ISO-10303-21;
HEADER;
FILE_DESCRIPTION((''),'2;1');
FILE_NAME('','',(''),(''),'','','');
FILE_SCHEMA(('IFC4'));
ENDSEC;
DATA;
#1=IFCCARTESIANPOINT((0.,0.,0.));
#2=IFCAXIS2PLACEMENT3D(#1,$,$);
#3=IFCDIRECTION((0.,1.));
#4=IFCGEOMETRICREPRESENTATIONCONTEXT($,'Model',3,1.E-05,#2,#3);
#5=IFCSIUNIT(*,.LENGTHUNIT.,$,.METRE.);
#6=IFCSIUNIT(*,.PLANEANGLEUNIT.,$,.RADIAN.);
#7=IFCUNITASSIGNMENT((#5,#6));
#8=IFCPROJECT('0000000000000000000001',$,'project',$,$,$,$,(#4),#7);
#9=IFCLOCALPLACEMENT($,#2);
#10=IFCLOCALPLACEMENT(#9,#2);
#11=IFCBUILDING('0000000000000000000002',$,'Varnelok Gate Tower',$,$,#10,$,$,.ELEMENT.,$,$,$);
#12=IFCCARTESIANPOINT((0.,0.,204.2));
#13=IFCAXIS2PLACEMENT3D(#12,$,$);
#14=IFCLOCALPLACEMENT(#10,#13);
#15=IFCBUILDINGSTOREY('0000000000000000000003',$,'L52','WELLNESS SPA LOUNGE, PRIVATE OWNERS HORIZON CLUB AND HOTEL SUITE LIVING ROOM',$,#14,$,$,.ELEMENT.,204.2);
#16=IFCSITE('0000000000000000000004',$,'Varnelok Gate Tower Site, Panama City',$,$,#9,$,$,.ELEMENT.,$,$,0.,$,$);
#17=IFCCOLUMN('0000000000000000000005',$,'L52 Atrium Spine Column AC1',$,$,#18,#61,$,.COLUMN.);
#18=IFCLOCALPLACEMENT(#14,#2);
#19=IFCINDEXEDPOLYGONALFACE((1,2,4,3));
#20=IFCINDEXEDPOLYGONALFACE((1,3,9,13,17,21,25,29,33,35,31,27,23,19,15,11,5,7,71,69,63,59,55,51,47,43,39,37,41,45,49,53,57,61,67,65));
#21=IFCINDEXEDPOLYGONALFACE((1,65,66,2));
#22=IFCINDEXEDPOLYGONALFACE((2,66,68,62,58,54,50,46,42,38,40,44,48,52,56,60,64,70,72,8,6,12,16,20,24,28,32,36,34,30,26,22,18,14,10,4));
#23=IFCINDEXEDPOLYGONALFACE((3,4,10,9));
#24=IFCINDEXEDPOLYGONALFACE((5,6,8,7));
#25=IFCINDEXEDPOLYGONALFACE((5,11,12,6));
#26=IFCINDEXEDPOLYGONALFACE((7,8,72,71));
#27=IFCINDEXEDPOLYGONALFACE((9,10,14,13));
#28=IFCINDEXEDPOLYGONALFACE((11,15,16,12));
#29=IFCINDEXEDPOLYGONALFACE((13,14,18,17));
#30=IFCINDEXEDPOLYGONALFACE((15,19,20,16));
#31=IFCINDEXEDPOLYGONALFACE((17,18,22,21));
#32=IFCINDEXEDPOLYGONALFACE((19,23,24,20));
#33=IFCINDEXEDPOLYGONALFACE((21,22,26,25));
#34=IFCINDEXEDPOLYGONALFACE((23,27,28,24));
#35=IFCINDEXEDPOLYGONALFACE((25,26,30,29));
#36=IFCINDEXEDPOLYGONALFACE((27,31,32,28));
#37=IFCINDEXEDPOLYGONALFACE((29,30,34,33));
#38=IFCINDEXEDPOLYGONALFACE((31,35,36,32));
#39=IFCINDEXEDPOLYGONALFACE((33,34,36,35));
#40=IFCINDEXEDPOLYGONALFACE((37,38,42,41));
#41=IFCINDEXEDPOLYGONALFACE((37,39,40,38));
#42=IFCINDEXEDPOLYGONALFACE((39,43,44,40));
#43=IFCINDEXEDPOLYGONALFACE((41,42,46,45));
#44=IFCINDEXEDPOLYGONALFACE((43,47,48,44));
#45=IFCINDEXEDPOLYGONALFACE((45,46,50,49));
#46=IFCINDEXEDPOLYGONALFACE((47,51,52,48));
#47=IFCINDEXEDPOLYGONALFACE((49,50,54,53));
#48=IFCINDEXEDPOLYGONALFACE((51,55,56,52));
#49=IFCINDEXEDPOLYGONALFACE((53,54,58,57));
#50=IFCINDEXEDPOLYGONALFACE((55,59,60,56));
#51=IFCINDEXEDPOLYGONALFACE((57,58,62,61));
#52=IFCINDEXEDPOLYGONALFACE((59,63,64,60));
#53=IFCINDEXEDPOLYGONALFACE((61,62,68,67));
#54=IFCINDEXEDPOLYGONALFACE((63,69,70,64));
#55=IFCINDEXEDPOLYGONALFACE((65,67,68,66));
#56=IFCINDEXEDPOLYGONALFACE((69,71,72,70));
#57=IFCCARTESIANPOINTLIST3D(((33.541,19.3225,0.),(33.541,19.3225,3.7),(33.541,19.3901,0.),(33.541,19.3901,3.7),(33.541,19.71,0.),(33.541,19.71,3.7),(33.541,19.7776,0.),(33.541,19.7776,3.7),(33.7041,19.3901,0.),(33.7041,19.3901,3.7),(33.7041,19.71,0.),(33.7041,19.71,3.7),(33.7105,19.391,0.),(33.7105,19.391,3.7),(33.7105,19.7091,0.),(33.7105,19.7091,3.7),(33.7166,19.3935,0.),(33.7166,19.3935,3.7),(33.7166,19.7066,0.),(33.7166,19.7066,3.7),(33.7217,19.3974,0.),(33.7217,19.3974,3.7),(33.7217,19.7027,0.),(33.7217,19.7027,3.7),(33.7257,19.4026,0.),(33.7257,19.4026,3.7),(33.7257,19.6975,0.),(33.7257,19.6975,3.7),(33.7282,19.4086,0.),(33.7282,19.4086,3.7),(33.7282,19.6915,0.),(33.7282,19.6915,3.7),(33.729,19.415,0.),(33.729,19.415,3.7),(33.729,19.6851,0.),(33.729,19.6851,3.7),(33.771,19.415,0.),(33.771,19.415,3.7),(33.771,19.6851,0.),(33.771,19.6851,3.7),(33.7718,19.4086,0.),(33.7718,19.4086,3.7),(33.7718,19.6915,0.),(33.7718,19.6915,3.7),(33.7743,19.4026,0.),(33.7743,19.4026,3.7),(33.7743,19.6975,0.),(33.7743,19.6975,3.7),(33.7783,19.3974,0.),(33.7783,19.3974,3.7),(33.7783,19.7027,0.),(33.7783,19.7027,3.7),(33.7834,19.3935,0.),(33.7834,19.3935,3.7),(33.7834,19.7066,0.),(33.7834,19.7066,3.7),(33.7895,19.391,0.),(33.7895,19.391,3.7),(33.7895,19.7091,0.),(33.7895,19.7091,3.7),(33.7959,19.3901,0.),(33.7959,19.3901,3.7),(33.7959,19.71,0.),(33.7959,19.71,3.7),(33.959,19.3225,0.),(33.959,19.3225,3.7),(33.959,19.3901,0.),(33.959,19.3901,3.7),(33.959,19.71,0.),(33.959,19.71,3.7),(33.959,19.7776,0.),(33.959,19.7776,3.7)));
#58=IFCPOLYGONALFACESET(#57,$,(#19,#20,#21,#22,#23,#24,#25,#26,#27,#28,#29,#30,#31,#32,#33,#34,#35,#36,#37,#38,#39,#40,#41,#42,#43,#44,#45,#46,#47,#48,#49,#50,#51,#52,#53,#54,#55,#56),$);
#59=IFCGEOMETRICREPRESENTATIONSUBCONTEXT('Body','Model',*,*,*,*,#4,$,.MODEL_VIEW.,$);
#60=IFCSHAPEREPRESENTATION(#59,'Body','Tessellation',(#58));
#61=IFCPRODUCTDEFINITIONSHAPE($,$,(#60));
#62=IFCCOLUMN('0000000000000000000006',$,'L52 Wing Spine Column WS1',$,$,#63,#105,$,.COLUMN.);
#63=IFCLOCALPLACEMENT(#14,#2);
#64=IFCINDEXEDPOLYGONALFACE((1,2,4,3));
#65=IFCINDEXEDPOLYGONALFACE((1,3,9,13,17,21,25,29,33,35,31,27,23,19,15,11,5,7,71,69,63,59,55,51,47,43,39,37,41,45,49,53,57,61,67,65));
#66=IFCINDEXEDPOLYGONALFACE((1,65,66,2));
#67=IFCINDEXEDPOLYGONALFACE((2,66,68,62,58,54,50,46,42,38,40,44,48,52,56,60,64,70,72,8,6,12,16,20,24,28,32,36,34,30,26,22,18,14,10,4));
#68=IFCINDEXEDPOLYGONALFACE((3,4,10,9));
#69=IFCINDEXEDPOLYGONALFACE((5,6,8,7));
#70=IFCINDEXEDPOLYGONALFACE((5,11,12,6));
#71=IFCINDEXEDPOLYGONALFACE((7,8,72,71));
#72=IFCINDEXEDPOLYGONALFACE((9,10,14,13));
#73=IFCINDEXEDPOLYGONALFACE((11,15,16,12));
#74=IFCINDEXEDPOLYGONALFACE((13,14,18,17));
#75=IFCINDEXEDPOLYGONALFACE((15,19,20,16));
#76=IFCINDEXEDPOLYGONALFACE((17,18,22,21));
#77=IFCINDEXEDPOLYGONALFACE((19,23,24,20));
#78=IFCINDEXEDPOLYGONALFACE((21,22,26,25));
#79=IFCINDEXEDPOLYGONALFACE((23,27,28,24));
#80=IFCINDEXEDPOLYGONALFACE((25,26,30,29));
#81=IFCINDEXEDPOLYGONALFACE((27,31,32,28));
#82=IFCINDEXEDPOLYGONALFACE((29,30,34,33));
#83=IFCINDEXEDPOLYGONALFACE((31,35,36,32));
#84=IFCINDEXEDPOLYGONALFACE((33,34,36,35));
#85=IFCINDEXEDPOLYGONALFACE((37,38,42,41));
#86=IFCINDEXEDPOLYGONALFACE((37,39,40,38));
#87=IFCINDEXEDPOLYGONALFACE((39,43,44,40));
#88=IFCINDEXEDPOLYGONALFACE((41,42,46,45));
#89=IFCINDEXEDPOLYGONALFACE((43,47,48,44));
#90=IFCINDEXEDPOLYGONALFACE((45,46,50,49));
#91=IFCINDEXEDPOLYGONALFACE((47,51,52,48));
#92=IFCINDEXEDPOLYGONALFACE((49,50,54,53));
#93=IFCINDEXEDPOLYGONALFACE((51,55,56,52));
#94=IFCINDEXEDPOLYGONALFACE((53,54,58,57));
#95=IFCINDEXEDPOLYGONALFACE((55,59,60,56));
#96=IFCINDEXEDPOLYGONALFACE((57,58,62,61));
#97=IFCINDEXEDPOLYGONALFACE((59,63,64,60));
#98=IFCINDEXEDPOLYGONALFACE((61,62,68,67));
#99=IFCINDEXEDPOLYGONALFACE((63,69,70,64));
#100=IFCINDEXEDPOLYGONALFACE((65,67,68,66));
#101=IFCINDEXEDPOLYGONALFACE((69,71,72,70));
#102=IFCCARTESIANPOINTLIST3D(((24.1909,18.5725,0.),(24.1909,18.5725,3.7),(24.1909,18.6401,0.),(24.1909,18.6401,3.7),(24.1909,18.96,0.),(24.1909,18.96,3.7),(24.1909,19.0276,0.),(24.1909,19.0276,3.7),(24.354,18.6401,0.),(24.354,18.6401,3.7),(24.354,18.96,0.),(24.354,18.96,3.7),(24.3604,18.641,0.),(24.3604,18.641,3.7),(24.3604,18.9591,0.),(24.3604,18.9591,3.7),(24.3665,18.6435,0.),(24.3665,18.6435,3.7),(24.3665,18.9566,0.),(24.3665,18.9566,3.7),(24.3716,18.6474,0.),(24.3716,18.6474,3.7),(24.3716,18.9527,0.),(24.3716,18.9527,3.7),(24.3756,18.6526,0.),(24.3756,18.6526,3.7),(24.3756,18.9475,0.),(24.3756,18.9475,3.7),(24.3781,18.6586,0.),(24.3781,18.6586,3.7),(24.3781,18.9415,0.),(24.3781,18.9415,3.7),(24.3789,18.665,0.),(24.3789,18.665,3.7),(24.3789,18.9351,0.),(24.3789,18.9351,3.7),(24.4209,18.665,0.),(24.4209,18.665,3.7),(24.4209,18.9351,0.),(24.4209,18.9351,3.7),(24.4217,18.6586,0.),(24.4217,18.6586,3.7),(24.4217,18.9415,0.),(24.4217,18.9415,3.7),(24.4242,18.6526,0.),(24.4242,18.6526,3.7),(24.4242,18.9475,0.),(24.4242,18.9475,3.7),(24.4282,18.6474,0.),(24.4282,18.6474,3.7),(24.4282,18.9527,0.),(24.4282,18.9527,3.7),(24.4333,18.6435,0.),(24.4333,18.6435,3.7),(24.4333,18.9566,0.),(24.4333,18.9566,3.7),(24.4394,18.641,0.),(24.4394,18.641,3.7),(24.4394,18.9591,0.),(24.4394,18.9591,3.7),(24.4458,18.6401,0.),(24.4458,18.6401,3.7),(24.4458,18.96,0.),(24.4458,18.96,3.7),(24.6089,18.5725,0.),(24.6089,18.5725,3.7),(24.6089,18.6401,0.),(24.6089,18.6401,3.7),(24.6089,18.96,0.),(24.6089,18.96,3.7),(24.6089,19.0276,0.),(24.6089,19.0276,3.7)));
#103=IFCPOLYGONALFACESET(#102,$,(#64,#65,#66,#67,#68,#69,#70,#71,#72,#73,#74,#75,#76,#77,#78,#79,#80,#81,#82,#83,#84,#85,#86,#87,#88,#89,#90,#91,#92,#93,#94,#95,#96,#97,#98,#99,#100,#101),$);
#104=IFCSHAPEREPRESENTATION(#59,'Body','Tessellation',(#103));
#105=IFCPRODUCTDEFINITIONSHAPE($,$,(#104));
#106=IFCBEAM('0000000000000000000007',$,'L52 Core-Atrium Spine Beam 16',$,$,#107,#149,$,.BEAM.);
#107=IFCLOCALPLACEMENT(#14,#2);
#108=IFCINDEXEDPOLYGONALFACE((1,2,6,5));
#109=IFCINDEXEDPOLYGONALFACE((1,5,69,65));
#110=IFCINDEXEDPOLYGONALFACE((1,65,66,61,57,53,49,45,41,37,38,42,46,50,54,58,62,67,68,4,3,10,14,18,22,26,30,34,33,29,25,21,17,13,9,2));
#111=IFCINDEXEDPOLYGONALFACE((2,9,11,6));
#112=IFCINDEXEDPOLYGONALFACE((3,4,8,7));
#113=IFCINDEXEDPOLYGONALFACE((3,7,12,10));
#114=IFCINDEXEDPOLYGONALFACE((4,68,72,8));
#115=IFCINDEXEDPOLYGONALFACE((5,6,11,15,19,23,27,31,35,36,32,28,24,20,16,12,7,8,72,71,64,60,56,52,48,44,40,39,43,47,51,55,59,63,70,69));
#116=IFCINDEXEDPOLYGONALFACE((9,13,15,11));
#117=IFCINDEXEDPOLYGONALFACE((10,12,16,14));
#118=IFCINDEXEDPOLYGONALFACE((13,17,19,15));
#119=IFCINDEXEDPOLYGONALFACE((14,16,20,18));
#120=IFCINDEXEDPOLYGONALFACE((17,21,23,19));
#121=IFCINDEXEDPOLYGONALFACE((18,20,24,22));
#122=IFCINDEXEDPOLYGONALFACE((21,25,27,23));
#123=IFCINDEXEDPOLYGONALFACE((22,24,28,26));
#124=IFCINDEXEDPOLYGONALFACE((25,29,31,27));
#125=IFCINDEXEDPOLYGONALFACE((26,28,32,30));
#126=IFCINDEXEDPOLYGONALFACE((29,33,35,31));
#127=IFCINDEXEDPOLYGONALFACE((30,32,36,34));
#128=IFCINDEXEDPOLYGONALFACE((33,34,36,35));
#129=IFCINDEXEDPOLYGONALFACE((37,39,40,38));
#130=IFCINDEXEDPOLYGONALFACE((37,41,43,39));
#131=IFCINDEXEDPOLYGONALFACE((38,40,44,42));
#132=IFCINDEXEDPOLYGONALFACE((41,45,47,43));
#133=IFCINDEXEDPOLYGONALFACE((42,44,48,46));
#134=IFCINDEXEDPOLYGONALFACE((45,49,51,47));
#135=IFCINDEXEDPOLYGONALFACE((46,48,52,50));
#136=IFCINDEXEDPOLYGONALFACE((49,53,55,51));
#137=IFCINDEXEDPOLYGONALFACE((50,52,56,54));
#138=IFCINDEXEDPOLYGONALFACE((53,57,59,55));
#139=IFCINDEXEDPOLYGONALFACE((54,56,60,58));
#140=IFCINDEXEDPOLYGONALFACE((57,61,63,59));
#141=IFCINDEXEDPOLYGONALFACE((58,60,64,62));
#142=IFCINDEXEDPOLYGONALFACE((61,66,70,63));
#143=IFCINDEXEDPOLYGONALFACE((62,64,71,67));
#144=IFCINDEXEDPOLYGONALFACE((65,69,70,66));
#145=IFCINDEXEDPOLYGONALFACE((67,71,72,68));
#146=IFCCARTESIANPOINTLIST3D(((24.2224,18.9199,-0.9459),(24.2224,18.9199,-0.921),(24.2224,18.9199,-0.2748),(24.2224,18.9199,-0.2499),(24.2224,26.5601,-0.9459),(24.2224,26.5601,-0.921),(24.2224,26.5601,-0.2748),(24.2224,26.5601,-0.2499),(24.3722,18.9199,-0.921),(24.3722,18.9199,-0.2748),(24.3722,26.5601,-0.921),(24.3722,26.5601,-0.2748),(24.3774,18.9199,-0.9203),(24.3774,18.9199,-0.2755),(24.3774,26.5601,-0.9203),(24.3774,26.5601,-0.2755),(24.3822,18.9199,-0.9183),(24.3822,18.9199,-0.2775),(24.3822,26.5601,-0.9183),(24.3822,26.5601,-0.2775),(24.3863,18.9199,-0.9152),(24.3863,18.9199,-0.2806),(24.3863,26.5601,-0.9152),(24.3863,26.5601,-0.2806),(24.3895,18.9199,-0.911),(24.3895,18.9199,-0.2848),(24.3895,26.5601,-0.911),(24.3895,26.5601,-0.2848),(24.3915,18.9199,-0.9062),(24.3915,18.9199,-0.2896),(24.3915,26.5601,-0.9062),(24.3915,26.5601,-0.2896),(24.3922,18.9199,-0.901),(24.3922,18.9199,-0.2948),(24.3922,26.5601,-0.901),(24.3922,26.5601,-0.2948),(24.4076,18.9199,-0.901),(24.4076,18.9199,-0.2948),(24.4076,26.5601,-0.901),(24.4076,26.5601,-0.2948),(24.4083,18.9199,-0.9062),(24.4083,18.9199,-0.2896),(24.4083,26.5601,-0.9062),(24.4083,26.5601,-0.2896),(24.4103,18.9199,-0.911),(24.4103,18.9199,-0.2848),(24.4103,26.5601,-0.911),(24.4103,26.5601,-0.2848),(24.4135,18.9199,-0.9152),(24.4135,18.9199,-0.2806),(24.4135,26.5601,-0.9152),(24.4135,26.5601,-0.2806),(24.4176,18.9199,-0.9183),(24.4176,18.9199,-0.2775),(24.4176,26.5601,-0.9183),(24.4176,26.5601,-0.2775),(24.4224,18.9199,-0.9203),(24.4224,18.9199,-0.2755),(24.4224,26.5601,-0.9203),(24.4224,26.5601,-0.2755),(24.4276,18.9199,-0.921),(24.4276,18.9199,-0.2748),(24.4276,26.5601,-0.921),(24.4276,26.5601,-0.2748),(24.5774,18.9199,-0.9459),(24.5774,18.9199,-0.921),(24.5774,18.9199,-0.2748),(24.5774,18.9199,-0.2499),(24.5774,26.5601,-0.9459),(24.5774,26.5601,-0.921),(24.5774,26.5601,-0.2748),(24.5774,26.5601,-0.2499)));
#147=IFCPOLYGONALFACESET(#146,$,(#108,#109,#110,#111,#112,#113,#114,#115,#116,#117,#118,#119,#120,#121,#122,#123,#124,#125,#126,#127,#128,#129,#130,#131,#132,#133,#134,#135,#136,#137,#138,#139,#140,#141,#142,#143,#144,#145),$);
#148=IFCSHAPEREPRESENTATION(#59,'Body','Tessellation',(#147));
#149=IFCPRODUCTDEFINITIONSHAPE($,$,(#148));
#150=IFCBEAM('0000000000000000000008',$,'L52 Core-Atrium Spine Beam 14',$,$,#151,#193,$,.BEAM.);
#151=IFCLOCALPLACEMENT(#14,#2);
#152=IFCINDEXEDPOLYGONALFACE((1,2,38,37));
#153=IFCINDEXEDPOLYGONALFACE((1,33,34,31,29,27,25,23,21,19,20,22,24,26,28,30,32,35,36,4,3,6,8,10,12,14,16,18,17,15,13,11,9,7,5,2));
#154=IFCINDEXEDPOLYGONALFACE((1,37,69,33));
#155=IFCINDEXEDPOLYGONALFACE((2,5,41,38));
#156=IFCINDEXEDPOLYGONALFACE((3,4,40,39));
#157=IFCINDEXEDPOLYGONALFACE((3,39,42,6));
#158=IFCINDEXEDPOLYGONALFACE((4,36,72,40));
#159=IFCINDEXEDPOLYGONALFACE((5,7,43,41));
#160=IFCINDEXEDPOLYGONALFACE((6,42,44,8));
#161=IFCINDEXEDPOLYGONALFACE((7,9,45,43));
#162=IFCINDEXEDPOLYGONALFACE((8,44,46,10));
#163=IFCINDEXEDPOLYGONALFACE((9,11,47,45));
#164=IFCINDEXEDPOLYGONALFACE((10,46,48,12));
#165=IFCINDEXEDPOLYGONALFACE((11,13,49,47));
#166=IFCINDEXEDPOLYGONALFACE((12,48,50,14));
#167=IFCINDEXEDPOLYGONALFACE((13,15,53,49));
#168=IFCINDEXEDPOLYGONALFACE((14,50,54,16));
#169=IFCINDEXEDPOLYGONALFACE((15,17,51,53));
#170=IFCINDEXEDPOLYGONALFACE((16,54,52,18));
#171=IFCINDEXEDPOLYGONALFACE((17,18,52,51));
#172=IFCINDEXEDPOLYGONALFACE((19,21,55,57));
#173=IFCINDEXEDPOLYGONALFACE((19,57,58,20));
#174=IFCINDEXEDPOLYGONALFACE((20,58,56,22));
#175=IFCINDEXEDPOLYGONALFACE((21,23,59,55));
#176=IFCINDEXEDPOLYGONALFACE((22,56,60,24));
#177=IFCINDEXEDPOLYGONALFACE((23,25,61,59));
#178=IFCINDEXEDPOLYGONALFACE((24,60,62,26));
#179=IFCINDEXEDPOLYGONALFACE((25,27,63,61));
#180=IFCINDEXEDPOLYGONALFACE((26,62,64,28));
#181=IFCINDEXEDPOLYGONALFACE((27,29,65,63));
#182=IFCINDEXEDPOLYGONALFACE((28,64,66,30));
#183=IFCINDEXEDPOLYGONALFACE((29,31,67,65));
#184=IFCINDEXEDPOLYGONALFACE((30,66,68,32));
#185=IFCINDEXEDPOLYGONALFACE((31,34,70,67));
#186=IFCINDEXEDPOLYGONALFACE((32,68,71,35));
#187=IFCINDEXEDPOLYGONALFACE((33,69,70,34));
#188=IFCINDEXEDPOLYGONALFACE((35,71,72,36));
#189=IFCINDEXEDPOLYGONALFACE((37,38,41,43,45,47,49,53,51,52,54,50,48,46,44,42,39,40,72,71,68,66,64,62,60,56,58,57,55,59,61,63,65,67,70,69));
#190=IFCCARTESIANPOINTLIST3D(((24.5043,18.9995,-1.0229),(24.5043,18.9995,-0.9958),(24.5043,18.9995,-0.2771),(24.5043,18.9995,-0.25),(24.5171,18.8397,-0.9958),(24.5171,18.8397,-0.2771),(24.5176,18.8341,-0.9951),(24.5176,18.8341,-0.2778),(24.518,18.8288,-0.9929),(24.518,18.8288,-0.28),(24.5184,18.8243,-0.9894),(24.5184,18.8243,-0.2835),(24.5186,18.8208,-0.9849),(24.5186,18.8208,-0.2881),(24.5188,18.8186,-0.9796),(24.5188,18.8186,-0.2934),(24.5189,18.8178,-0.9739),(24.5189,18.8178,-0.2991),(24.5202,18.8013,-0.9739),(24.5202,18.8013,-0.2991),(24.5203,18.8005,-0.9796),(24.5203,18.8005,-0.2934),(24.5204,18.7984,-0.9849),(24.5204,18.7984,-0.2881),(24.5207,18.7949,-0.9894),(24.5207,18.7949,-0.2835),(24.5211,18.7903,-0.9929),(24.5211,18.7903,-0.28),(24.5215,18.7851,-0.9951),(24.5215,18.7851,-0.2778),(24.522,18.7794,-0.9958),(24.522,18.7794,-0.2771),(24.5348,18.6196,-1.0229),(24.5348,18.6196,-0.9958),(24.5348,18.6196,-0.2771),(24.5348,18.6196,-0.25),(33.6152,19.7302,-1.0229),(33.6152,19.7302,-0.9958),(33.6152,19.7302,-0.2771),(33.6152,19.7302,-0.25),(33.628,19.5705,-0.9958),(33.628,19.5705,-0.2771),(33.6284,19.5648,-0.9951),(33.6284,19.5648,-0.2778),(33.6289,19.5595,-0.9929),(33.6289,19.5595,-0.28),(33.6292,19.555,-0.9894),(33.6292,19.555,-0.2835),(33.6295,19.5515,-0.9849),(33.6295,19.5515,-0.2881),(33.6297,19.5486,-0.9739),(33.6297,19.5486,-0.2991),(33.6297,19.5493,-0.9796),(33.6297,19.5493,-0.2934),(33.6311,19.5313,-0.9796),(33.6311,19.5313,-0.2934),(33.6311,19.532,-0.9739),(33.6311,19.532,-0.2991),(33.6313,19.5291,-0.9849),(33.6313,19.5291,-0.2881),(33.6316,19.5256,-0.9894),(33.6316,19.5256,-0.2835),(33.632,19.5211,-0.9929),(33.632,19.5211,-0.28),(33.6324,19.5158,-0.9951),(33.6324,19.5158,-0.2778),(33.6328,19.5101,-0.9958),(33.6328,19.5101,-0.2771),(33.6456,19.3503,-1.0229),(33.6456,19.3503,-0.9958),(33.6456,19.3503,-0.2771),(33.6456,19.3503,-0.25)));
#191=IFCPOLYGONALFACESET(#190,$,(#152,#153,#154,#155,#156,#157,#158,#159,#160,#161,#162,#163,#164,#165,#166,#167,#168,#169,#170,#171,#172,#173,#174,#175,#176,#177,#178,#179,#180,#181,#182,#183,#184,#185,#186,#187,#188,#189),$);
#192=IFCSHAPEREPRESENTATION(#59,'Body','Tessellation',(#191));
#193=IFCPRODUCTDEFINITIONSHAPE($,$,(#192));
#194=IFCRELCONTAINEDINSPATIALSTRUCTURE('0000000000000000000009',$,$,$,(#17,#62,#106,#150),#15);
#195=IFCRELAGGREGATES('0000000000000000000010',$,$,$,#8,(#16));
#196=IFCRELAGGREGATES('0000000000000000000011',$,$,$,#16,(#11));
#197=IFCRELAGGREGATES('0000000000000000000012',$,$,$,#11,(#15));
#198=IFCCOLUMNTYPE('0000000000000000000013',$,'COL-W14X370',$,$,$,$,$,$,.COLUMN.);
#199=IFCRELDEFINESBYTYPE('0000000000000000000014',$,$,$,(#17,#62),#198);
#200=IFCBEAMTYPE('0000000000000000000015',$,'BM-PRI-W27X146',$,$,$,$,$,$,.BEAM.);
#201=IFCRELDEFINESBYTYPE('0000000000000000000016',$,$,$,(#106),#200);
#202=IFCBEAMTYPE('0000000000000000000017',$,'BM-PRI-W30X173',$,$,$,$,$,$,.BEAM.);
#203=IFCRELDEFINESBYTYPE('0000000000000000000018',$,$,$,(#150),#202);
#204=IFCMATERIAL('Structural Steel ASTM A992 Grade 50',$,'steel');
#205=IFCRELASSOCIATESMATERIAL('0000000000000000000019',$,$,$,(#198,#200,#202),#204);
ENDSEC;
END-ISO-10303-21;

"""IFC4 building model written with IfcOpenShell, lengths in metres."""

from ifc_helpers import new_model, si_unit, direction, frame, origin, origin_2d, place, context, subcontext, project, spatial, i_section, extrude, material, material_profile, profile_set, type_object, element, save


model = new_model("IFC4")

# Units and contexts
model_context = context("Model", 3, precision=1e-05, world=origin(), true_north=direction((0.0, 1.0)))
body_context = subcontext(model_context, "Body", "Model", "MODEL_VIEW")
ifc_project = project(units=[si_unit("LENGTHUNIT", "METRE"), si_unit("PLANEANGLEUNIT", "RADIAN")], contexts=[model_context])

# Site, building, storey
site_placement = place(None, origin())
site = spatial("IfcSite", under=ifc_project, at=site_placement, Name="Varnelok Gate Tower Site, Panama City", CompositionType="ELEMENT", RefElevation=0.0)
building_placement = place(site_placement, origin())
building = spatial("IfcBuilding", under=site, at=building_placement, Name="Varnelok Gate Tower", CompositionType="ELEMENT")
storey_placement = place(building_placement, frame((0.0, 0.0, 204.2)))
storey = spatial("IfcBuildingStorey", under=building, at=storey_placement, Name="L52", Description="WELLNESS SPA LOUNGE, PRIVATE OWNERS HORIZON CLUB AND HOTEL SUITE LIVING ROOM", CompositionType="ELEMENT", Elevation=204.2)

# Columns
ifc_material_1 = material(Name="Structural Steel ASTM A992 Grade 50", Category="steel")
ifc_material_profile_1 = material_profile(ifc_material_1, i_section(OverallWidth=0.418, OverallDepth=0.4551, WebThickness=0.042, FlangeThickness=0.0676, FilletRadius=0.0249, at=origin_2d()), Name="W14X370")
ifc_profile_set_1 = profile_set([ifc_material_profile_1], Name="Structural Steel ASTM A992 Grade 50")
column_type = type_object("IfcColumnType", Name="COL-W14X370", PredefinedType="COLUMN", material=ifc_profile_set_1)
for number, where, z_axis, x_axis, name in (
    (1, (33.75, 19.55, 0.0), (0.0, 0.0, 1.0), (1.0, 0.0, 0.0), "L52 Atrium Spine Column AC1"),
    (2, (24.3999, 18.8, 0.0), (0.0, 0.0, 1.0), (1.0, 0.0, 0.0), "L52 Wing Spine Column WS1"),
):
    element("IfcColumn", number, at=place(storey_placement, frame(where, z_axis=z_axis, x_axis=x_axis)), inside=storey, type_object=column_type, Name=name, PredefinedType="COLUMN", context=body_context, shape_type="SweptSolid", body=[
        extrude(i_section(OverallWidth=0.418, OverallDepth=0.4551, WebThickness=0.042, FlangeThickness=0.0676, FilletRadius=0.0249, at=origin_2d()), origin(), (0.0, 0.0, 1.0), 3.7),
    ])

# Beams
ifc_material_profile_2 = material_profile(ifc_material_1, i_section(OverallWidth=0.355, OverallDepth=0.696, WebThickness=0.0154, FlangeThickness=0.0249, FilletRadius=0.02, at=origin_2d()), Name="W27X146")
ifc_profile_set_2 = profile_set([ifc_material_profile_2], Name="Structural Steel ASTM A992 Grade 50")
beam_type_1 = type_object("IfcBeamType", Name="BM-PRI-W27X146", PredefinedType="BEAM", material=ifc_profile_set_2)
beam_1_placement = place(storey_placement, frame((24.3999, 18.9199, -0.5979), z_axis=(0.0, 1.0, 0.0), x_axis=(-1.0, 0.0, 0.0)))
element("IfcBeam", 3, at=beam_1_placement, inside=storey, type_object=beam_type_1, Name="L52 Core-Atrium Spine Beam 16", PredefinedType="BEAM", context=body_context, shape_type="SweptSolid", body=[
    extrude(i_section(OverallWidth=0.355, OverallDepth=0.696, WebThickness=0.0154, FlangeThickness=0.0249, FilletRadius=0.02, at=origin_2d()), origin(), (0.0, 0.0, 1.0), 7.6401),
])
ifc_material_profile_3 = material_profile(ifc_material_1, i_section(OverallWidth=0.3811, OverallDepth=0.7729, WebThickness=0.0166, FlangeThickness=0.0271, FilletRadius=0.022, at=origin_2d()), Name="W30X173")
ifc_profile_set_3 = profile_set([ifc_material_profile_3], Name="Structural Steel ASTM A992 Grade 50")
beam_type_2 = type_object("IfcBeamType", Name="BM-PRI-W30X173", PredefinedType="BEAM", material=ifc_profile_set_3)
beam_2_placement = place(storey_placement, frame((24.5195, 18.8096, -0.6365), z_axis=(0.996799, 0.079946, 0.0), x_axis=(-0.079946, 0.996799, 0.0)))
element("IfcBeam", 4, at=beam_2_placement, inside=storey, type_object=beam_type_2, Name="L52 Core-Atrium Spine Beam 14", PredefinedType="BEAM", context=body_context, shape_type="SweptSolid", body=[
    extrude(i_section(OverallWidth=0.3811, OverallDepth=0.7729, WebThickness=0.0166, FlangeThickness=0.0271, FilletRadius=0.022, at=origin_2d()), origin(), (0.0, 0.0, 1.0), 9.1401),
])

save(model, "model.ifc")
